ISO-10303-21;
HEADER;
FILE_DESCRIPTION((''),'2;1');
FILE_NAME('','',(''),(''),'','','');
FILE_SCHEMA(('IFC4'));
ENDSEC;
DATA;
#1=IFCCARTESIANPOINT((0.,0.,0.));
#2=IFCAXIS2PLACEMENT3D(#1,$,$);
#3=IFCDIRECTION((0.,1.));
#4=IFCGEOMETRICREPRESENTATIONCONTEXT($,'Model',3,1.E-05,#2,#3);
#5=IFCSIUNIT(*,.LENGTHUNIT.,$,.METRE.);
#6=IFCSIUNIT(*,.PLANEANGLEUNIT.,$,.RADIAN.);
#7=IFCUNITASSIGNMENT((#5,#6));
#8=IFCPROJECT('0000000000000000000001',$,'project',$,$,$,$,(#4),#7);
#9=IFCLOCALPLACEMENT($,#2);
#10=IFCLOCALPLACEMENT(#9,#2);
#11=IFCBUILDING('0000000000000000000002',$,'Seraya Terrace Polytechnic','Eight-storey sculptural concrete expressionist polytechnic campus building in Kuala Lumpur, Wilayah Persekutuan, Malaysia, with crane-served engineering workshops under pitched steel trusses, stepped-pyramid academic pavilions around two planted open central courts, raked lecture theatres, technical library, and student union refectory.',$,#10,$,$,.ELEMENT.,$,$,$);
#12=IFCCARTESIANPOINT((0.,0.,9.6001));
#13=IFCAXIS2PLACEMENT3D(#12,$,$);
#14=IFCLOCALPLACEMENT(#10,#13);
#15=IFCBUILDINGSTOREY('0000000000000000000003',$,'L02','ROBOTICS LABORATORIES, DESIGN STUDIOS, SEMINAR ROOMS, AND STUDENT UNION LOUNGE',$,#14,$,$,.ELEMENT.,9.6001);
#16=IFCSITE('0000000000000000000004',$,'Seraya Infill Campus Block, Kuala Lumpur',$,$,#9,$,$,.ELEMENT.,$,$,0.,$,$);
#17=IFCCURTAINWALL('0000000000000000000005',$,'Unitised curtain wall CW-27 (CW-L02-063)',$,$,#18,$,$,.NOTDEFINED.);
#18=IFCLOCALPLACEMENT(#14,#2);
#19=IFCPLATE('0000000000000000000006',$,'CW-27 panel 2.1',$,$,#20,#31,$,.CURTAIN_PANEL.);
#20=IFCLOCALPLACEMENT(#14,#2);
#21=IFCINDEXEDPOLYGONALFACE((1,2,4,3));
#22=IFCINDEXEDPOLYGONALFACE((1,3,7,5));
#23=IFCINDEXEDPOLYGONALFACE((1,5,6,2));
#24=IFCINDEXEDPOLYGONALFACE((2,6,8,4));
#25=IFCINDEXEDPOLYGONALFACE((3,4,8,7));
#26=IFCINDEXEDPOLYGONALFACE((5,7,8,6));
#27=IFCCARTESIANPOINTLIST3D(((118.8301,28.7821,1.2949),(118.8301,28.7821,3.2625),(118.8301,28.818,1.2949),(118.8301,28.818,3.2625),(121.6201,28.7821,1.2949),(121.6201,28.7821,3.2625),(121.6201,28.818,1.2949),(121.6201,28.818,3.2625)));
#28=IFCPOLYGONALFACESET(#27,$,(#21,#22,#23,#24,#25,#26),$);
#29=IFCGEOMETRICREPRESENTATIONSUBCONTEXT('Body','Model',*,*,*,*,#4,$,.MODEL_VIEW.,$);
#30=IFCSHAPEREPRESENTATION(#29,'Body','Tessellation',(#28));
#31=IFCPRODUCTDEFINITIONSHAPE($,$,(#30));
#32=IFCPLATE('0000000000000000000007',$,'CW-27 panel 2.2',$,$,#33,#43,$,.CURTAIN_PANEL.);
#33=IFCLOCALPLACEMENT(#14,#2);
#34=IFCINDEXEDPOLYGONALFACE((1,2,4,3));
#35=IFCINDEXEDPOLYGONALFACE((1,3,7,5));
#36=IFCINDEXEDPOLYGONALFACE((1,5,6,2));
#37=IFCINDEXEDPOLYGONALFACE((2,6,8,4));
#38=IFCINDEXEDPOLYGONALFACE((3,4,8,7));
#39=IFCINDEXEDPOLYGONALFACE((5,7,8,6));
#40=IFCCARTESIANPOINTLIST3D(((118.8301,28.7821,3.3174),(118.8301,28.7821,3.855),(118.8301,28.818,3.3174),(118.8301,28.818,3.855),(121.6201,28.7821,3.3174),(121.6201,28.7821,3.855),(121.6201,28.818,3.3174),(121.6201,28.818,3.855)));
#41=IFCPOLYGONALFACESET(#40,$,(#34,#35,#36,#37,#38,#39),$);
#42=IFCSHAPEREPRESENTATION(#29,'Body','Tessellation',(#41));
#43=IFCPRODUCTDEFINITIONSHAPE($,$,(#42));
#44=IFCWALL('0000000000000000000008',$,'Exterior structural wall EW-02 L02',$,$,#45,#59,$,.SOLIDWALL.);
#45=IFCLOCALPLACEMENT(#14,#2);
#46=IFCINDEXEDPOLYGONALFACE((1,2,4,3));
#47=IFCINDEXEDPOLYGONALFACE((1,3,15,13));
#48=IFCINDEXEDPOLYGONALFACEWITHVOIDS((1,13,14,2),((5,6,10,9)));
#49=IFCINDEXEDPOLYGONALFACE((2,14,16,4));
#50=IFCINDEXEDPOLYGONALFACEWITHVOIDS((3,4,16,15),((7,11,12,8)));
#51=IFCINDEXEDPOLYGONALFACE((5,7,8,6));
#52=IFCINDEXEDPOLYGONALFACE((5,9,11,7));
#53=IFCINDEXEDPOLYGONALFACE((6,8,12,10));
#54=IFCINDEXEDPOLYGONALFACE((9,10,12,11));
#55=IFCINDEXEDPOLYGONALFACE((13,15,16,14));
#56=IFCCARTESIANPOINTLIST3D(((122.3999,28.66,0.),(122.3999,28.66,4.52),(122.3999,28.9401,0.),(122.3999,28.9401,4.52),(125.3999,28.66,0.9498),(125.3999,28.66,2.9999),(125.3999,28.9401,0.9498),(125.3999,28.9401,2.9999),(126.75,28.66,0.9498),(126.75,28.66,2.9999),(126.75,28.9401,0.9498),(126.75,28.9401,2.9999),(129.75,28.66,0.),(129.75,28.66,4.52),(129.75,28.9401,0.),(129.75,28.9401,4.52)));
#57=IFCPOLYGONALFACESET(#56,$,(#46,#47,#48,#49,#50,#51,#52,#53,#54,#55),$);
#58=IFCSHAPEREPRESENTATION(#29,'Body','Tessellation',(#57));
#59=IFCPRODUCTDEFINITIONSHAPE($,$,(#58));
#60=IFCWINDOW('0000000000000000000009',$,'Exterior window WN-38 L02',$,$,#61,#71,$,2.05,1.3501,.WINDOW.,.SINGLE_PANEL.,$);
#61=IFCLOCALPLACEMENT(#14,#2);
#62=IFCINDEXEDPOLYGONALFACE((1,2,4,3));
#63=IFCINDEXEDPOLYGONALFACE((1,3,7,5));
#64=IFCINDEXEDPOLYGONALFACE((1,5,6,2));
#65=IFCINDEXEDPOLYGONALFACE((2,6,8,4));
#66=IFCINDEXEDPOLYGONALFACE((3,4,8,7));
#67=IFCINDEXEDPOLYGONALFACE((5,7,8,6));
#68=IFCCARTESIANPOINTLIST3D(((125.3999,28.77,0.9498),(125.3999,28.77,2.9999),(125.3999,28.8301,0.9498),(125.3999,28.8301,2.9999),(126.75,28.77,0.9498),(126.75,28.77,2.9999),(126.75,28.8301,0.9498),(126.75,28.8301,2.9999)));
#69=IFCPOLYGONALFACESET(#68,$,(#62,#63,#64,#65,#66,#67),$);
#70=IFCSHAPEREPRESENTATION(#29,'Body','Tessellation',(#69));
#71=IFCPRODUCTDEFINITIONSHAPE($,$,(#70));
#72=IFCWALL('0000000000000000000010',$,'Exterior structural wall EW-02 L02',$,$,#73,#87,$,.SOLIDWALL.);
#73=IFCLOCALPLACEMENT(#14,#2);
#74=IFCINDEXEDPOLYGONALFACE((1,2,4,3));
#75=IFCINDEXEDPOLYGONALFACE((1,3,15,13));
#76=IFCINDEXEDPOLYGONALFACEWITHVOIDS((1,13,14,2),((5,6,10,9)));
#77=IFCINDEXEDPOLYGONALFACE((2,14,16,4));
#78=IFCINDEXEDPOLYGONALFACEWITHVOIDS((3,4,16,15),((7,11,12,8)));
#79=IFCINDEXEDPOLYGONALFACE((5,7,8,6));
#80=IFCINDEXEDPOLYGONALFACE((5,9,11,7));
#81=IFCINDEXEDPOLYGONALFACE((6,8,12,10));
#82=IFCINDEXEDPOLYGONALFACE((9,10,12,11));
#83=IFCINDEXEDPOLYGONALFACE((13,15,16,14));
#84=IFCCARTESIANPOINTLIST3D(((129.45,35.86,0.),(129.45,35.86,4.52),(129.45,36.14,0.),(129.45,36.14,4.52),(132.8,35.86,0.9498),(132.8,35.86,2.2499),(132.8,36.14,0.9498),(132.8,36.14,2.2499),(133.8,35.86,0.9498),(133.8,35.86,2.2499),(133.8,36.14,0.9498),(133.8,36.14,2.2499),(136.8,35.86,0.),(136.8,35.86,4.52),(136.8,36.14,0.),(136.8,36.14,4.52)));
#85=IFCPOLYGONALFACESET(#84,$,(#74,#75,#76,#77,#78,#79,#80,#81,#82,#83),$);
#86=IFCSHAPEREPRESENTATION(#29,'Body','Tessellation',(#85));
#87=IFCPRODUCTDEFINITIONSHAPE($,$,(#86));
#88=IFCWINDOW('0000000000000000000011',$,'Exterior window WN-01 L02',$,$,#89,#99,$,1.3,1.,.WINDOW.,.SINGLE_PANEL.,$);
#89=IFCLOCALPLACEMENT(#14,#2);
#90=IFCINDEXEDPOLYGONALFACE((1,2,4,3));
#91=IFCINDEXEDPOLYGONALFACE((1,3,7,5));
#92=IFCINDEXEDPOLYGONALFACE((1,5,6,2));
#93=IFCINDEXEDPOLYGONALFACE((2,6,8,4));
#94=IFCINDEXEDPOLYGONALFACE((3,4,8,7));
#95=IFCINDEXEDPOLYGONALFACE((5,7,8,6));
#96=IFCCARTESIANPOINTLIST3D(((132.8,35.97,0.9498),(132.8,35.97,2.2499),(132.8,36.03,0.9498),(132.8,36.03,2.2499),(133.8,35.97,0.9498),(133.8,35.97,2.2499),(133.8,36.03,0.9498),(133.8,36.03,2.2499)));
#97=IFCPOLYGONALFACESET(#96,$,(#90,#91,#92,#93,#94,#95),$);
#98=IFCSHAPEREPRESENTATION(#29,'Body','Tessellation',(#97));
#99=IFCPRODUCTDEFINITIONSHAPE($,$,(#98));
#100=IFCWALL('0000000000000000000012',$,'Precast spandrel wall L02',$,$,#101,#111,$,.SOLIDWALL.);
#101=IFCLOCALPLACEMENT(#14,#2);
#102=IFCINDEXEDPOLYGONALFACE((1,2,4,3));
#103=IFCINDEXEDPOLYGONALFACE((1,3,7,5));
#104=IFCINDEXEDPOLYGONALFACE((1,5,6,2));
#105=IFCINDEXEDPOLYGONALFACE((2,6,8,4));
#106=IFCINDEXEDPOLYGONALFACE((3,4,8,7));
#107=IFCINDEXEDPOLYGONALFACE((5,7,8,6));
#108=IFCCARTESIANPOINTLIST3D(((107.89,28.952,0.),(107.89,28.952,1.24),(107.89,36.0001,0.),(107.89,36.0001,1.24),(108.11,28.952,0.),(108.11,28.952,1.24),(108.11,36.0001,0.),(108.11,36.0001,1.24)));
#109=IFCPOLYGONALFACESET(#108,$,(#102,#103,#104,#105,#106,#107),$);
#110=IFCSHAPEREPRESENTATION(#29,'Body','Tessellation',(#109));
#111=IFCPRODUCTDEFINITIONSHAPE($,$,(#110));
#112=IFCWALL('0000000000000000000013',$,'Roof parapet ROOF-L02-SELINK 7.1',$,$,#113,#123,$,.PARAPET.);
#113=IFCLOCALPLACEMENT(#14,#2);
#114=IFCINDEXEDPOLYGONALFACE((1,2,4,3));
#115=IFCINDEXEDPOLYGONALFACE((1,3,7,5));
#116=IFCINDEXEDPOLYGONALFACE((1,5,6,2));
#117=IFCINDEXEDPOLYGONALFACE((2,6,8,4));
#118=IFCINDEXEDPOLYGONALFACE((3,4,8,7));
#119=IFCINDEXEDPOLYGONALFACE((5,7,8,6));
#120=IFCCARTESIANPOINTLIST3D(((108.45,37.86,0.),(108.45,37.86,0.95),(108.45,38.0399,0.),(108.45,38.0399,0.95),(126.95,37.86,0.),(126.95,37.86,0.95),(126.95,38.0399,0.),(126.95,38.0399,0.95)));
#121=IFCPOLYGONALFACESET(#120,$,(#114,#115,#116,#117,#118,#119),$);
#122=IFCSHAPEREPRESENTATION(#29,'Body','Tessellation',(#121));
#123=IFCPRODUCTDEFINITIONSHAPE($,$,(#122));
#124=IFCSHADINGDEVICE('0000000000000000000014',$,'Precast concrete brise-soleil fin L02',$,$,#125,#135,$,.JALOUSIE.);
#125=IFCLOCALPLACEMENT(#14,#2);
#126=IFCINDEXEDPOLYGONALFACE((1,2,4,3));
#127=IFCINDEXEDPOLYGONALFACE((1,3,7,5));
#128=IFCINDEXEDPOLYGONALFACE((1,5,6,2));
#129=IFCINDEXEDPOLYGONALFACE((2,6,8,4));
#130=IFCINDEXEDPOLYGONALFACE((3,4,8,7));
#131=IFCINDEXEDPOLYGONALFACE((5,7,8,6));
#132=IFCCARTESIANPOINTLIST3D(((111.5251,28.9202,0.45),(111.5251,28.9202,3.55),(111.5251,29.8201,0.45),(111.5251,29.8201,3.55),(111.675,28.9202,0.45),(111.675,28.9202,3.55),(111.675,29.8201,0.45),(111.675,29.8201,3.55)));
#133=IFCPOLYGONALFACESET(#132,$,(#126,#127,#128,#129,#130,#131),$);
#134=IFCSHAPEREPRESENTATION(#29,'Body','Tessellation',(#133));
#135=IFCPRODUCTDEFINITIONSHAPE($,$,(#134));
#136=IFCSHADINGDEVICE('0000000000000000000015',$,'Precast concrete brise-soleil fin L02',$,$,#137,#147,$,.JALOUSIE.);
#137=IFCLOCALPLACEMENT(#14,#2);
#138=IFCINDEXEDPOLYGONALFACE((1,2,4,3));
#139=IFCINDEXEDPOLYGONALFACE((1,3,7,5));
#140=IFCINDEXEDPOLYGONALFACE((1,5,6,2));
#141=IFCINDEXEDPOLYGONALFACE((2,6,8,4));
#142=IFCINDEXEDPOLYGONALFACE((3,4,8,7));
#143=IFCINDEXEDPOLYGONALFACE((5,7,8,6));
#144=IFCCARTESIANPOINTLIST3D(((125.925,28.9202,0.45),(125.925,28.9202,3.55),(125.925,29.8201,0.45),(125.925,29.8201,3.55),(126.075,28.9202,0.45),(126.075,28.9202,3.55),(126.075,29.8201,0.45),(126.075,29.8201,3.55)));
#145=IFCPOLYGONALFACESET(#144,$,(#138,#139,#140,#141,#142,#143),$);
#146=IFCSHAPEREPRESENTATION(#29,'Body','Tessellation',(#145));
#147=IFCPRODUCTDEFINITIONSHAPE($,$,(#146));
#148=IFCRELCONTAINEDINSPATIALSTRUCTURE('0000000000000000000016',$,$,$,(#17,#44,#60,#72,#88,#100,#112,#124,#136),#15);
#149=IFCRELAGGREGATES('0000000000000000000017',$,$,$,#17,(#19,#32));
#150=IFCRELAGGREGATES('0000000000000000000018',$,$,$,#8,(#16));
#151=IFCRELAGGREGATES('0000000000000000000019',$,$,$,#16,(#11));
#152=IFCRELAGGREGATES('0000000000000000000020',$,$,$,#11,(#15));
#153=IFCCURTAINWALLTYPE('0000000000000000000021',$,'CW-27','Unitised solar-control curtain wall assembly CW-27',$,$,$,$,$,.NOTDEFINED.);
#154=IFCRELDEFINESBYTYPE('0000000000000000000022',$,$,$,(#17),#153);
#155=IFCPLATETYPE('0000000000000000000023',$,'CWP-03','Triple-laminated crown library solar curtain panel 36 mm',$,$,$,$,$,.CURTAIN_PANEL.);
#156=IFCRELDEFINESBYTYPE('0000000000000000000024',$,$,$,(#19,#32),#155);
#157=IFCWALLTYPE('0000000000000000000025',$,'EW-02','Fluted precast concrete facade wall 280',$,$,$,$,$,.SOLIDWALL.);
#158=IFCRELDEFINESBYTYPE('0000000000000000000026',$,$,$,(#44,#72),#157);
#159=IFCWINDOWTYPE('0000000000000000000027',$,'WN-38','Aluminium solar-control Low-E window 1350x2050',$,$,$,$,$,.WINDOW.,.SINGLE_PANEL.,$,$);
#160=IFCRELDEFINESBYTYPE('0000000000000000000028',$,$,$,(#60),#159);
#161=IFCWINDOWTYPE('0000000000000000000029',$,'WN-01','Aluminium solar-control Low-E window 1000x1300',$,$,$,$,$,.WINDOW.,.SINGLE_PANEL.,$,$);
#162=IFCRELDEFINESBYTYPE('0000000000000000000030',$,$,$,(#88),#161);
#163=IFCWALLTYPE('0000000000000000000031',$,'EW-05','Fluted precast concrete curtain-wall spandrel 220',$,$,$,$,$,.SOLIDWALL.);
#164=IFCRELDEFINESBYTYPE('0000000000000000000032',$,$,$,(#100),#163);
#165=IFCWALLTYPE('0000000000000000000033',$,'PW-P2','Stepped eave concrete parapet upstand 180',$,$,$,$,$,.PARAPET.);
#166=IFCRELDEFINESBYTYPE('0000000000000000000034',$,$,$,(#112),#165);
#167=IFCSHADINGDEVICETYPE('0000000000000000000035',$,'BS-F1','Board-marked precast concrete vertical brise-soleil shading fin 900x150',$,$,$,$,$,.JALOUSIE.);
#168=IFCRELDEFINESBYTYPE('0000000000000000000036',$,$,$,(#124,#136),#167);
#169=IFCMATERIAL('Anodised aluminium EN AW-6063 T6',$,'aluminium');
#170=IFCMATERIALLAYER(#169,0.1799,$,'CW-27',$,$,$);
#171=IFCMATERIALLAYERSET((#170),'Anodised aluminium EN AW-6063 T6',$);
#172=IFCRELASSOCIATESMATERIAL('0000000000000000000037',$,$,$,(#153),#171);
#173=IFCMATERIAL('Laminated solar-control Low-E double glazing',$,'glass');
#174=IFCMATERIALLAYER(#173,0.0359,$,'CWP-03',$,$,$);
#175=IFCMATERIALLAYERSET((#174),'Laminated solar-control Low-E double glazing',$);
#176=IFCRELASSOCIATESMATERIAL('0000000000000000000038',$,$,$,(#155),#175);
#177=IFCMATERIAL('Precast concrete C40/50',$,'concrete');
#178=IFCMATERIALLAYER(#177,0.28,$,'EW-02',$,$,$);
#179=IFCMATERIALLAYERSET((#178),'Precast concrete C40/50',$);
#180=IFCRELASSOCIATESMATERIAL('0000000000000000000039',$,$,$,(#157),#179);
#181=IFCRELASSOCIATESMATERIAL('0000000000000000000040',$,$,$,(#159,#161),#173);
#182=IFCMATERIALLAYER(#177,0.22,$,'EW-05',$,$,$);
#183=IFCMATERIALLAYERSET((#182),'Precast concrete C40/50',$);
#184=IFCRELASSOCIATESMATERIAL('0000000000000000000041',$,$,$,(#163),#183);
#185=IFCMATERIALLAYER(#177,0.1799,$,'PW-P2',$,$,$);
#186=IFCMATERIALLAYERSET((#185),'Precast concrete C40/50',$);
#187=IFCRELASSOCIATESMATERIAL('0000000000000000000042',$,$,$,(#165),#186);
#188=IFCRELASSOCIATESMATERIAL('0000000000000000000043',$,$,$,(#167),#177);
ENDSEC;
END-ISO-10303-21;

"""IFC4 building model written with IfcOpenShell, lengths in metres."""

from ifc_helpers import new_model, si_unit, direction, frame, frame_2d, origin, origin_2d, place, context, subcontext, project, spatial, rectangle, extrude, material, layer, layer_set, type_object, element, fill, aggregate, save


model = new_model("IFC4")

# Units and contexts
model_context = context("Model", 3, precision=1e-05, world=origin(), true_north=direction((0.0, 1.0)))
body_context = subcontext(model_context, "Body", "Model", "MODEL_VIEW")
ifc_project = project(units=[si_unit("LENGTHUNIT", "METRE"), si_unit("PLANEANGLEUNIT", "RADIAN")], contexts=[model_context])

# Site, building, storey
site_placement = place(None, origin())
site = spatial("IfcSite", under=ifc_project, at=site_placement, Name="Seraya Infill Campus Block, Kuala Lumpur", CompositionType="ELEMENT", RefElevation=0.0)
building_placement = place(site_placement, origin())
building = spatial("IfcBuilding", under=site, at=building_placement, Name="Seraya Terrace Polytechnic", Description="Eight-storey sculptural concrete expressionist polytechnic campus building in Kuala Lumpur, Wilayah Persekutuan, Malaysia, with crane-served engineering workshops under pitched steel trusses, stepped-pyramid academic pavilions around two planted open central courts, raked lecture theatres, technical library, and student union refectory.", CompositionType="ELEMENT")
storey_placement = place(building_placement, frame((0.0, 0.0, 9.6001)))
storey = spatial("IfcBuildingStorey", under=building, at=storey_placement, Name="L02", Description="ROBOTICS LABORATORIES, DESIGN STUDIOS, SEMINAR ROOMS, AND STUDENT UNION LOUNGE", CompositionType="ELEMENT", Elevation=9.6001)

# Shared definitions
ifc_material_1 = material(Name="Anodised aluminium EN AW-6063 T6", Category="aluminium")

# Curtain wall
ifc_layer_1 = layer(ifc_material_1, 0.1799, Name="CW-27")
ifc_layer_set_1 = layer_set([ifc_layer_1], Name="Anodised aluminium EN AW-6063 T6")
curtain_wall_type_1 = type_object("IfcCurtainWallType", Name="CW-27", Description="Unitised solar-control curtain wall assembly CW-27", PredefinedType="NOTDEFINED", material=ifc_layer_set_1)
curtain_wall_1_placement = place(storey_placement, origin())
curtain_wall_1 = element("IfcCurtainWall", 1, at=curtain_wall_1_placement, inside=storey, type_object=curtain_wall_type_1, Name="Unitised curtain wall CW-27 (CW-L02-063)", PredefinedType="NOTDEFINED")

# Plates
ifc_material_2 = material(Name="Laminated solar-control Low-E double glazing", Category="glass")
ifc_layer_2 = layer(ifc_material_2, 0.0359, Name="CWP-03")
ifc_layer_set_2 = layer_set([ifc_layer_2], Name="Laminated solar-control Low-E double glazing")
plate_type_1 = type_object("IfcPlateType", Name="CWP-03", Description="Triple-laminated crown library solar curtain panel 36 mm", PredefinedType="CURTAIN_PANEL", material=ifc_layer_set_2)
plate_1_placement = place(storey_placement, frame((120.2251, 28.8, 1.2949), z_axis=(0.0, 0.0, 1.0), x_axis=(1.0, 0.0, 0.0)))
plate_1 = element("IfcPlate", 2, at=plate_1_placement, type_object=plate_type_1, Name="CW-27 panel 2.1", PredefinedType="CURTAIN_PANEL", context=body_context, shape_type="SweptSolid", body=[
    extrude(rectangle(XDim=2.79, YDim=0.0359, at=origin_2d()), origin(), (0.0, 0.0, 1.0), 1.9675),
])
plate_2_placement = place(storey_placement, frame((120.2251, 28.8, 3.3174), z_axis=(0.0, 0.0, 1.0), x_axis=(1.0, 0.0, 0.0)))
plate_2 = element("IfcPlate", 3, at=plate_2_placement, type_object=plate_type_1, Name="CW-27 panel 2.2", PredefinedType="CURTAIN_PANEL", context=body_context, shape_type="SweptSolid", body=[
    extrude(rectangle(XDim=2.79, YDim=0.0359, at=origin_2d()), origin(), (0.0, 0.0, 1.0), 0.5376),
])
aggregate(curtain_wall_1, [plate_1, plate_2])

# Walls, openings, windows
ifc_material_3 = material(Name="Precast concrete C40/50", Category="concrete")
ifc_layer_3 = layer(ifc_material_3, 0.28, Name="EW-02")
ifc_layer_set_3 = layer_set([ifc_layer_3], Name="Precast concrete C40/50")
wall_type_1 = type_object("IfcWallType", Name="EW-02", Description="Fluted precast concrete facade wall 280", PredefinedType="SOLIDWALL", material=ifc_layer_set_3)
wall_1_placement = place(storey_placement, frame((122.3999, 28.8, 0.0), z_axis=(0.0, 0.0, 1.0), x_axis=(1.0, 0.0, 0.0)))
wall_1 = element("IfcWall", 4, at=wall_1_placement, inside=storey, type_object=wall_type_1, Name="Exterior structural wall EW-02 L02", PredefinedType="SOLIDWALL", context=body_context, shape_type="SweptSolid", body=[
    extrude(rectangle(XDim=7.3501, YDim=0.28, at=frame_2d((3.675, 0.0))), origin(), (0.0, 0.0, 1.0), 4.52),
])
opening_1_placement = place(wall_1_placement, frame((3.0, 0.0, 0.95)))
opening_1 = element("IfcOpeningElement", 5, at=opening_1_placement, cuts=wall_1, PredefinedType="OPENING", context=body_context, shape_type="SweptSolid", body=[
    extrude(rectangle(XDim=1.3501, YDim=2.05, at=frame_2d((0.675, 1.0249))), frame((0.0, 0.1519, 0.0), z_axis=(0.0, -1.0, 0.0), x_axis=(1.0, 0.0, 0.0)), (0.0, 0.0, 1.0), 0.304),
])
window_type_1 = type_object("IfcWindowType", Name="WN-38", Description="Aluminium solar-control Low-E window 1350x2050", PartitioningType="SINGLE_PANEL", PredefinedType="WINDOW", material=ifc_material_2)
window_1_placement = place(opening_1_placement, origin())
window_1 = element("IfcWindow", 6, at=window_1_placement, inside=storey, type_object=window_type_1, Name="Exterior window WN-38 L02", OverallHeight=2.05, OverallWidth=1.3501, PartitioningType="SINGLE_PANEL", PredefinedType="WINDOW", context=body_context, shape_type="SweptSolid", body=[
    extrude(rectangle(XDim=1.3501, YDim=2.05, at=frame_2d((0.675, 1.0249))), frame((0.0, 0.03, 0.0), z_axis=(0.0, -1.0, 0.0), x_axis=(1.0, 0.0, 0.0)), (0.0, 0.0, 1.0), 0.0601),
])
fill(opening_1, window_1)
wall_2_placement = place(storey_placement, frame((129.45, 36.0, 0.0), z_axis=(0.0, 0.0, 1.0), x_axis=(1.0, 0.0, 0.0)))
wall_2 = element("IfcWall", 7, at=wall_2_placement, inside=storey, type_object=wall_type_1, Name="Exterior structural wall EW-02 L02", PredefinedType="SOLIDWALL", context=body_context, shape_type="SweptSolid", body=[
    extrude(rectangle(XDim=7.3501, YDim=0.28, at=frame_2d((3.675, 0.0))), origin(), (0.0, 0.0, 1.0), 4.52),
])
opening_2_placement = place(wall_2_placement, frame((3.3501, 0.0, 0.95)))
opening_2 = element("IfcOpeningElement", 8, at=opening_2_placement, cuts=wall_2, PredefinedType="OPENING", context=body_context, shape_type="SweptSolid", body=[
    extrude(rectangle(XDim=1.0, YDim=1.3, at=frame_2d((0.5, 0.6499))), frame((0.0, 0.1519, 0.0), z_axis=(0.0, -1.0, 0.0), x_axis=(1.0, 0.0, 0.0)), (0.0, 0.0, 1.0), 0.304),
])
window_type_2 = type_object("IfcWindowType", Name="WN-01", Description="Aluminium solar-control Low-E window 1000x1300", PartitioningType="SINGLE_PANEL", PredefinedType="WINDOW", material=ifc_material_2)
window_2_placement = place(opening_2_placement, origin())
window_2 = element("IfcWindow", 9, at=window_2_placement, inside=storey, type_object=window_type_2, Name="Exterior window WN-01 L02", OverallHeight=1.3, OverallWidth=1.0, PartitioningType="SINGLE_PANEL", PredefinedType="WINDOW", context=body_context, shape_type="SweptSolid", body=[
    extrude(rectangle(XDim=1.0, YDim=1.3, at=frame_2d((0.5, 0.6499))), frame((0.0, 0.03, 0.0), z_axis=(0.0, -1.0, 0.0), x_axis=(1.0, 0.0, 0.0)), (0.0, 0.0, 1.0), 0.0601),
])
fill(opening_2, window_2)

# Walls
ifc_layer_4 = layer(ifc_material_3, 0.22, Name="EW-05")
ifc_layer_set_4 = layer_set([ifc_layer_4], Name="Precast concrete C40/50")
wall_type_2 = type_object("IfcWallType", Name="EW-05", Description="Fluted precast concrete curtain-wall spandrel 220", PredefinedType="SOLIDWALL", material=ifc_layer_set_4)
wall_3_placement = place(storey_placement, frame((108.0, 36.0, 0.0), z_axis=(0.0, 0.0, 1.0), x_axis=(0.0, -1.0, 0.0)))
element("IfcWall", 10, at=wall_3_placement, inside=storey, type_object=wall_type_2, Name="Precast spandrel wall L02", PredefinedType="SOLIDWALL", context=body_context, shape_type="SweptSolid", body=[
    extrude(rectangle(XDim=7.0481, YDim=0.22, at=frame_2d((3.5239, 0.0))), origin(), (0.0, 0.0, 1.0), 1.24),
])
ifc_layer_5 = layer(ifc_material_3, 0.1799, Name="PW-P2")
ifc_layer_set_5 = layer_set([ifc_layer_5], Name="Precast concrete C40/50")
wall_type_3 = type_object("IfcWallType", Name="PW-P2", Description="Stepped eave concrete parapet upstand 180", PredefinedType="PARAPET", material=ifc_layer_set_5)
wall_4_placement = place(storey_placement, frame((108.45, 37.95, 0.0), z_axis=(0.0, 0.0, 1.0), x_axis=(1.0, 0.0, 0.0)))
element("IfcWall", 11, at=wall_4_placement, inside=storey, type_object=wall_type_3, Name="Roof parapet ROOF-L02-SELINK 7.1", PredefinedType="PARAPET", context=body_context, shape_type="SweptSolid", body=[
    extrude(rectangle(XDim=18.5, YDim=0.1799, at=frame_2d((9.25, 0.0))), origin(), (0.0, 0.0, 1.0), 0.95),
])

# Shading devices
shading_device_type = type_object("IfcShadingDeviceType", Name="BS-F1", Description="Board-marked precast concrete vertical brise-soleil shading fin 900x150", PredefinedType="JALOUSIE", material=ifc_material_3)
for number, where, z_axis, x_axis, name in (
    (12, (111.6001, 29.3701, 0.45), (0.0, 0.0, 1.0), (0.0, 1.0, 0.0), "Precast concrete brise-soleil fin L02"),
    (13, (126.0, 29.3701, 0.45), (0.0, 0.0, 1.0), (0.0, 1.0, 0.0), "Precast concrete brise-soleil fin L02"),
):
    element("IfcShadingDevice", number, at=place(storey_placement, frame(where, z_axis=z_axis, x_axis=x_axis)), inside=storey, type_object=shading_device_type, Name=name, PredefinedType="JALOUSIE", context=body_context, shape_type="SweptSolid", body=[
        extrude(rectangle(XDim=0.8999, YDim=0.1499, at=origin_2d()), origin(), (0.0, 0.0, 1.0), 3.1001),
    ])

save(model, "model.ifc")
